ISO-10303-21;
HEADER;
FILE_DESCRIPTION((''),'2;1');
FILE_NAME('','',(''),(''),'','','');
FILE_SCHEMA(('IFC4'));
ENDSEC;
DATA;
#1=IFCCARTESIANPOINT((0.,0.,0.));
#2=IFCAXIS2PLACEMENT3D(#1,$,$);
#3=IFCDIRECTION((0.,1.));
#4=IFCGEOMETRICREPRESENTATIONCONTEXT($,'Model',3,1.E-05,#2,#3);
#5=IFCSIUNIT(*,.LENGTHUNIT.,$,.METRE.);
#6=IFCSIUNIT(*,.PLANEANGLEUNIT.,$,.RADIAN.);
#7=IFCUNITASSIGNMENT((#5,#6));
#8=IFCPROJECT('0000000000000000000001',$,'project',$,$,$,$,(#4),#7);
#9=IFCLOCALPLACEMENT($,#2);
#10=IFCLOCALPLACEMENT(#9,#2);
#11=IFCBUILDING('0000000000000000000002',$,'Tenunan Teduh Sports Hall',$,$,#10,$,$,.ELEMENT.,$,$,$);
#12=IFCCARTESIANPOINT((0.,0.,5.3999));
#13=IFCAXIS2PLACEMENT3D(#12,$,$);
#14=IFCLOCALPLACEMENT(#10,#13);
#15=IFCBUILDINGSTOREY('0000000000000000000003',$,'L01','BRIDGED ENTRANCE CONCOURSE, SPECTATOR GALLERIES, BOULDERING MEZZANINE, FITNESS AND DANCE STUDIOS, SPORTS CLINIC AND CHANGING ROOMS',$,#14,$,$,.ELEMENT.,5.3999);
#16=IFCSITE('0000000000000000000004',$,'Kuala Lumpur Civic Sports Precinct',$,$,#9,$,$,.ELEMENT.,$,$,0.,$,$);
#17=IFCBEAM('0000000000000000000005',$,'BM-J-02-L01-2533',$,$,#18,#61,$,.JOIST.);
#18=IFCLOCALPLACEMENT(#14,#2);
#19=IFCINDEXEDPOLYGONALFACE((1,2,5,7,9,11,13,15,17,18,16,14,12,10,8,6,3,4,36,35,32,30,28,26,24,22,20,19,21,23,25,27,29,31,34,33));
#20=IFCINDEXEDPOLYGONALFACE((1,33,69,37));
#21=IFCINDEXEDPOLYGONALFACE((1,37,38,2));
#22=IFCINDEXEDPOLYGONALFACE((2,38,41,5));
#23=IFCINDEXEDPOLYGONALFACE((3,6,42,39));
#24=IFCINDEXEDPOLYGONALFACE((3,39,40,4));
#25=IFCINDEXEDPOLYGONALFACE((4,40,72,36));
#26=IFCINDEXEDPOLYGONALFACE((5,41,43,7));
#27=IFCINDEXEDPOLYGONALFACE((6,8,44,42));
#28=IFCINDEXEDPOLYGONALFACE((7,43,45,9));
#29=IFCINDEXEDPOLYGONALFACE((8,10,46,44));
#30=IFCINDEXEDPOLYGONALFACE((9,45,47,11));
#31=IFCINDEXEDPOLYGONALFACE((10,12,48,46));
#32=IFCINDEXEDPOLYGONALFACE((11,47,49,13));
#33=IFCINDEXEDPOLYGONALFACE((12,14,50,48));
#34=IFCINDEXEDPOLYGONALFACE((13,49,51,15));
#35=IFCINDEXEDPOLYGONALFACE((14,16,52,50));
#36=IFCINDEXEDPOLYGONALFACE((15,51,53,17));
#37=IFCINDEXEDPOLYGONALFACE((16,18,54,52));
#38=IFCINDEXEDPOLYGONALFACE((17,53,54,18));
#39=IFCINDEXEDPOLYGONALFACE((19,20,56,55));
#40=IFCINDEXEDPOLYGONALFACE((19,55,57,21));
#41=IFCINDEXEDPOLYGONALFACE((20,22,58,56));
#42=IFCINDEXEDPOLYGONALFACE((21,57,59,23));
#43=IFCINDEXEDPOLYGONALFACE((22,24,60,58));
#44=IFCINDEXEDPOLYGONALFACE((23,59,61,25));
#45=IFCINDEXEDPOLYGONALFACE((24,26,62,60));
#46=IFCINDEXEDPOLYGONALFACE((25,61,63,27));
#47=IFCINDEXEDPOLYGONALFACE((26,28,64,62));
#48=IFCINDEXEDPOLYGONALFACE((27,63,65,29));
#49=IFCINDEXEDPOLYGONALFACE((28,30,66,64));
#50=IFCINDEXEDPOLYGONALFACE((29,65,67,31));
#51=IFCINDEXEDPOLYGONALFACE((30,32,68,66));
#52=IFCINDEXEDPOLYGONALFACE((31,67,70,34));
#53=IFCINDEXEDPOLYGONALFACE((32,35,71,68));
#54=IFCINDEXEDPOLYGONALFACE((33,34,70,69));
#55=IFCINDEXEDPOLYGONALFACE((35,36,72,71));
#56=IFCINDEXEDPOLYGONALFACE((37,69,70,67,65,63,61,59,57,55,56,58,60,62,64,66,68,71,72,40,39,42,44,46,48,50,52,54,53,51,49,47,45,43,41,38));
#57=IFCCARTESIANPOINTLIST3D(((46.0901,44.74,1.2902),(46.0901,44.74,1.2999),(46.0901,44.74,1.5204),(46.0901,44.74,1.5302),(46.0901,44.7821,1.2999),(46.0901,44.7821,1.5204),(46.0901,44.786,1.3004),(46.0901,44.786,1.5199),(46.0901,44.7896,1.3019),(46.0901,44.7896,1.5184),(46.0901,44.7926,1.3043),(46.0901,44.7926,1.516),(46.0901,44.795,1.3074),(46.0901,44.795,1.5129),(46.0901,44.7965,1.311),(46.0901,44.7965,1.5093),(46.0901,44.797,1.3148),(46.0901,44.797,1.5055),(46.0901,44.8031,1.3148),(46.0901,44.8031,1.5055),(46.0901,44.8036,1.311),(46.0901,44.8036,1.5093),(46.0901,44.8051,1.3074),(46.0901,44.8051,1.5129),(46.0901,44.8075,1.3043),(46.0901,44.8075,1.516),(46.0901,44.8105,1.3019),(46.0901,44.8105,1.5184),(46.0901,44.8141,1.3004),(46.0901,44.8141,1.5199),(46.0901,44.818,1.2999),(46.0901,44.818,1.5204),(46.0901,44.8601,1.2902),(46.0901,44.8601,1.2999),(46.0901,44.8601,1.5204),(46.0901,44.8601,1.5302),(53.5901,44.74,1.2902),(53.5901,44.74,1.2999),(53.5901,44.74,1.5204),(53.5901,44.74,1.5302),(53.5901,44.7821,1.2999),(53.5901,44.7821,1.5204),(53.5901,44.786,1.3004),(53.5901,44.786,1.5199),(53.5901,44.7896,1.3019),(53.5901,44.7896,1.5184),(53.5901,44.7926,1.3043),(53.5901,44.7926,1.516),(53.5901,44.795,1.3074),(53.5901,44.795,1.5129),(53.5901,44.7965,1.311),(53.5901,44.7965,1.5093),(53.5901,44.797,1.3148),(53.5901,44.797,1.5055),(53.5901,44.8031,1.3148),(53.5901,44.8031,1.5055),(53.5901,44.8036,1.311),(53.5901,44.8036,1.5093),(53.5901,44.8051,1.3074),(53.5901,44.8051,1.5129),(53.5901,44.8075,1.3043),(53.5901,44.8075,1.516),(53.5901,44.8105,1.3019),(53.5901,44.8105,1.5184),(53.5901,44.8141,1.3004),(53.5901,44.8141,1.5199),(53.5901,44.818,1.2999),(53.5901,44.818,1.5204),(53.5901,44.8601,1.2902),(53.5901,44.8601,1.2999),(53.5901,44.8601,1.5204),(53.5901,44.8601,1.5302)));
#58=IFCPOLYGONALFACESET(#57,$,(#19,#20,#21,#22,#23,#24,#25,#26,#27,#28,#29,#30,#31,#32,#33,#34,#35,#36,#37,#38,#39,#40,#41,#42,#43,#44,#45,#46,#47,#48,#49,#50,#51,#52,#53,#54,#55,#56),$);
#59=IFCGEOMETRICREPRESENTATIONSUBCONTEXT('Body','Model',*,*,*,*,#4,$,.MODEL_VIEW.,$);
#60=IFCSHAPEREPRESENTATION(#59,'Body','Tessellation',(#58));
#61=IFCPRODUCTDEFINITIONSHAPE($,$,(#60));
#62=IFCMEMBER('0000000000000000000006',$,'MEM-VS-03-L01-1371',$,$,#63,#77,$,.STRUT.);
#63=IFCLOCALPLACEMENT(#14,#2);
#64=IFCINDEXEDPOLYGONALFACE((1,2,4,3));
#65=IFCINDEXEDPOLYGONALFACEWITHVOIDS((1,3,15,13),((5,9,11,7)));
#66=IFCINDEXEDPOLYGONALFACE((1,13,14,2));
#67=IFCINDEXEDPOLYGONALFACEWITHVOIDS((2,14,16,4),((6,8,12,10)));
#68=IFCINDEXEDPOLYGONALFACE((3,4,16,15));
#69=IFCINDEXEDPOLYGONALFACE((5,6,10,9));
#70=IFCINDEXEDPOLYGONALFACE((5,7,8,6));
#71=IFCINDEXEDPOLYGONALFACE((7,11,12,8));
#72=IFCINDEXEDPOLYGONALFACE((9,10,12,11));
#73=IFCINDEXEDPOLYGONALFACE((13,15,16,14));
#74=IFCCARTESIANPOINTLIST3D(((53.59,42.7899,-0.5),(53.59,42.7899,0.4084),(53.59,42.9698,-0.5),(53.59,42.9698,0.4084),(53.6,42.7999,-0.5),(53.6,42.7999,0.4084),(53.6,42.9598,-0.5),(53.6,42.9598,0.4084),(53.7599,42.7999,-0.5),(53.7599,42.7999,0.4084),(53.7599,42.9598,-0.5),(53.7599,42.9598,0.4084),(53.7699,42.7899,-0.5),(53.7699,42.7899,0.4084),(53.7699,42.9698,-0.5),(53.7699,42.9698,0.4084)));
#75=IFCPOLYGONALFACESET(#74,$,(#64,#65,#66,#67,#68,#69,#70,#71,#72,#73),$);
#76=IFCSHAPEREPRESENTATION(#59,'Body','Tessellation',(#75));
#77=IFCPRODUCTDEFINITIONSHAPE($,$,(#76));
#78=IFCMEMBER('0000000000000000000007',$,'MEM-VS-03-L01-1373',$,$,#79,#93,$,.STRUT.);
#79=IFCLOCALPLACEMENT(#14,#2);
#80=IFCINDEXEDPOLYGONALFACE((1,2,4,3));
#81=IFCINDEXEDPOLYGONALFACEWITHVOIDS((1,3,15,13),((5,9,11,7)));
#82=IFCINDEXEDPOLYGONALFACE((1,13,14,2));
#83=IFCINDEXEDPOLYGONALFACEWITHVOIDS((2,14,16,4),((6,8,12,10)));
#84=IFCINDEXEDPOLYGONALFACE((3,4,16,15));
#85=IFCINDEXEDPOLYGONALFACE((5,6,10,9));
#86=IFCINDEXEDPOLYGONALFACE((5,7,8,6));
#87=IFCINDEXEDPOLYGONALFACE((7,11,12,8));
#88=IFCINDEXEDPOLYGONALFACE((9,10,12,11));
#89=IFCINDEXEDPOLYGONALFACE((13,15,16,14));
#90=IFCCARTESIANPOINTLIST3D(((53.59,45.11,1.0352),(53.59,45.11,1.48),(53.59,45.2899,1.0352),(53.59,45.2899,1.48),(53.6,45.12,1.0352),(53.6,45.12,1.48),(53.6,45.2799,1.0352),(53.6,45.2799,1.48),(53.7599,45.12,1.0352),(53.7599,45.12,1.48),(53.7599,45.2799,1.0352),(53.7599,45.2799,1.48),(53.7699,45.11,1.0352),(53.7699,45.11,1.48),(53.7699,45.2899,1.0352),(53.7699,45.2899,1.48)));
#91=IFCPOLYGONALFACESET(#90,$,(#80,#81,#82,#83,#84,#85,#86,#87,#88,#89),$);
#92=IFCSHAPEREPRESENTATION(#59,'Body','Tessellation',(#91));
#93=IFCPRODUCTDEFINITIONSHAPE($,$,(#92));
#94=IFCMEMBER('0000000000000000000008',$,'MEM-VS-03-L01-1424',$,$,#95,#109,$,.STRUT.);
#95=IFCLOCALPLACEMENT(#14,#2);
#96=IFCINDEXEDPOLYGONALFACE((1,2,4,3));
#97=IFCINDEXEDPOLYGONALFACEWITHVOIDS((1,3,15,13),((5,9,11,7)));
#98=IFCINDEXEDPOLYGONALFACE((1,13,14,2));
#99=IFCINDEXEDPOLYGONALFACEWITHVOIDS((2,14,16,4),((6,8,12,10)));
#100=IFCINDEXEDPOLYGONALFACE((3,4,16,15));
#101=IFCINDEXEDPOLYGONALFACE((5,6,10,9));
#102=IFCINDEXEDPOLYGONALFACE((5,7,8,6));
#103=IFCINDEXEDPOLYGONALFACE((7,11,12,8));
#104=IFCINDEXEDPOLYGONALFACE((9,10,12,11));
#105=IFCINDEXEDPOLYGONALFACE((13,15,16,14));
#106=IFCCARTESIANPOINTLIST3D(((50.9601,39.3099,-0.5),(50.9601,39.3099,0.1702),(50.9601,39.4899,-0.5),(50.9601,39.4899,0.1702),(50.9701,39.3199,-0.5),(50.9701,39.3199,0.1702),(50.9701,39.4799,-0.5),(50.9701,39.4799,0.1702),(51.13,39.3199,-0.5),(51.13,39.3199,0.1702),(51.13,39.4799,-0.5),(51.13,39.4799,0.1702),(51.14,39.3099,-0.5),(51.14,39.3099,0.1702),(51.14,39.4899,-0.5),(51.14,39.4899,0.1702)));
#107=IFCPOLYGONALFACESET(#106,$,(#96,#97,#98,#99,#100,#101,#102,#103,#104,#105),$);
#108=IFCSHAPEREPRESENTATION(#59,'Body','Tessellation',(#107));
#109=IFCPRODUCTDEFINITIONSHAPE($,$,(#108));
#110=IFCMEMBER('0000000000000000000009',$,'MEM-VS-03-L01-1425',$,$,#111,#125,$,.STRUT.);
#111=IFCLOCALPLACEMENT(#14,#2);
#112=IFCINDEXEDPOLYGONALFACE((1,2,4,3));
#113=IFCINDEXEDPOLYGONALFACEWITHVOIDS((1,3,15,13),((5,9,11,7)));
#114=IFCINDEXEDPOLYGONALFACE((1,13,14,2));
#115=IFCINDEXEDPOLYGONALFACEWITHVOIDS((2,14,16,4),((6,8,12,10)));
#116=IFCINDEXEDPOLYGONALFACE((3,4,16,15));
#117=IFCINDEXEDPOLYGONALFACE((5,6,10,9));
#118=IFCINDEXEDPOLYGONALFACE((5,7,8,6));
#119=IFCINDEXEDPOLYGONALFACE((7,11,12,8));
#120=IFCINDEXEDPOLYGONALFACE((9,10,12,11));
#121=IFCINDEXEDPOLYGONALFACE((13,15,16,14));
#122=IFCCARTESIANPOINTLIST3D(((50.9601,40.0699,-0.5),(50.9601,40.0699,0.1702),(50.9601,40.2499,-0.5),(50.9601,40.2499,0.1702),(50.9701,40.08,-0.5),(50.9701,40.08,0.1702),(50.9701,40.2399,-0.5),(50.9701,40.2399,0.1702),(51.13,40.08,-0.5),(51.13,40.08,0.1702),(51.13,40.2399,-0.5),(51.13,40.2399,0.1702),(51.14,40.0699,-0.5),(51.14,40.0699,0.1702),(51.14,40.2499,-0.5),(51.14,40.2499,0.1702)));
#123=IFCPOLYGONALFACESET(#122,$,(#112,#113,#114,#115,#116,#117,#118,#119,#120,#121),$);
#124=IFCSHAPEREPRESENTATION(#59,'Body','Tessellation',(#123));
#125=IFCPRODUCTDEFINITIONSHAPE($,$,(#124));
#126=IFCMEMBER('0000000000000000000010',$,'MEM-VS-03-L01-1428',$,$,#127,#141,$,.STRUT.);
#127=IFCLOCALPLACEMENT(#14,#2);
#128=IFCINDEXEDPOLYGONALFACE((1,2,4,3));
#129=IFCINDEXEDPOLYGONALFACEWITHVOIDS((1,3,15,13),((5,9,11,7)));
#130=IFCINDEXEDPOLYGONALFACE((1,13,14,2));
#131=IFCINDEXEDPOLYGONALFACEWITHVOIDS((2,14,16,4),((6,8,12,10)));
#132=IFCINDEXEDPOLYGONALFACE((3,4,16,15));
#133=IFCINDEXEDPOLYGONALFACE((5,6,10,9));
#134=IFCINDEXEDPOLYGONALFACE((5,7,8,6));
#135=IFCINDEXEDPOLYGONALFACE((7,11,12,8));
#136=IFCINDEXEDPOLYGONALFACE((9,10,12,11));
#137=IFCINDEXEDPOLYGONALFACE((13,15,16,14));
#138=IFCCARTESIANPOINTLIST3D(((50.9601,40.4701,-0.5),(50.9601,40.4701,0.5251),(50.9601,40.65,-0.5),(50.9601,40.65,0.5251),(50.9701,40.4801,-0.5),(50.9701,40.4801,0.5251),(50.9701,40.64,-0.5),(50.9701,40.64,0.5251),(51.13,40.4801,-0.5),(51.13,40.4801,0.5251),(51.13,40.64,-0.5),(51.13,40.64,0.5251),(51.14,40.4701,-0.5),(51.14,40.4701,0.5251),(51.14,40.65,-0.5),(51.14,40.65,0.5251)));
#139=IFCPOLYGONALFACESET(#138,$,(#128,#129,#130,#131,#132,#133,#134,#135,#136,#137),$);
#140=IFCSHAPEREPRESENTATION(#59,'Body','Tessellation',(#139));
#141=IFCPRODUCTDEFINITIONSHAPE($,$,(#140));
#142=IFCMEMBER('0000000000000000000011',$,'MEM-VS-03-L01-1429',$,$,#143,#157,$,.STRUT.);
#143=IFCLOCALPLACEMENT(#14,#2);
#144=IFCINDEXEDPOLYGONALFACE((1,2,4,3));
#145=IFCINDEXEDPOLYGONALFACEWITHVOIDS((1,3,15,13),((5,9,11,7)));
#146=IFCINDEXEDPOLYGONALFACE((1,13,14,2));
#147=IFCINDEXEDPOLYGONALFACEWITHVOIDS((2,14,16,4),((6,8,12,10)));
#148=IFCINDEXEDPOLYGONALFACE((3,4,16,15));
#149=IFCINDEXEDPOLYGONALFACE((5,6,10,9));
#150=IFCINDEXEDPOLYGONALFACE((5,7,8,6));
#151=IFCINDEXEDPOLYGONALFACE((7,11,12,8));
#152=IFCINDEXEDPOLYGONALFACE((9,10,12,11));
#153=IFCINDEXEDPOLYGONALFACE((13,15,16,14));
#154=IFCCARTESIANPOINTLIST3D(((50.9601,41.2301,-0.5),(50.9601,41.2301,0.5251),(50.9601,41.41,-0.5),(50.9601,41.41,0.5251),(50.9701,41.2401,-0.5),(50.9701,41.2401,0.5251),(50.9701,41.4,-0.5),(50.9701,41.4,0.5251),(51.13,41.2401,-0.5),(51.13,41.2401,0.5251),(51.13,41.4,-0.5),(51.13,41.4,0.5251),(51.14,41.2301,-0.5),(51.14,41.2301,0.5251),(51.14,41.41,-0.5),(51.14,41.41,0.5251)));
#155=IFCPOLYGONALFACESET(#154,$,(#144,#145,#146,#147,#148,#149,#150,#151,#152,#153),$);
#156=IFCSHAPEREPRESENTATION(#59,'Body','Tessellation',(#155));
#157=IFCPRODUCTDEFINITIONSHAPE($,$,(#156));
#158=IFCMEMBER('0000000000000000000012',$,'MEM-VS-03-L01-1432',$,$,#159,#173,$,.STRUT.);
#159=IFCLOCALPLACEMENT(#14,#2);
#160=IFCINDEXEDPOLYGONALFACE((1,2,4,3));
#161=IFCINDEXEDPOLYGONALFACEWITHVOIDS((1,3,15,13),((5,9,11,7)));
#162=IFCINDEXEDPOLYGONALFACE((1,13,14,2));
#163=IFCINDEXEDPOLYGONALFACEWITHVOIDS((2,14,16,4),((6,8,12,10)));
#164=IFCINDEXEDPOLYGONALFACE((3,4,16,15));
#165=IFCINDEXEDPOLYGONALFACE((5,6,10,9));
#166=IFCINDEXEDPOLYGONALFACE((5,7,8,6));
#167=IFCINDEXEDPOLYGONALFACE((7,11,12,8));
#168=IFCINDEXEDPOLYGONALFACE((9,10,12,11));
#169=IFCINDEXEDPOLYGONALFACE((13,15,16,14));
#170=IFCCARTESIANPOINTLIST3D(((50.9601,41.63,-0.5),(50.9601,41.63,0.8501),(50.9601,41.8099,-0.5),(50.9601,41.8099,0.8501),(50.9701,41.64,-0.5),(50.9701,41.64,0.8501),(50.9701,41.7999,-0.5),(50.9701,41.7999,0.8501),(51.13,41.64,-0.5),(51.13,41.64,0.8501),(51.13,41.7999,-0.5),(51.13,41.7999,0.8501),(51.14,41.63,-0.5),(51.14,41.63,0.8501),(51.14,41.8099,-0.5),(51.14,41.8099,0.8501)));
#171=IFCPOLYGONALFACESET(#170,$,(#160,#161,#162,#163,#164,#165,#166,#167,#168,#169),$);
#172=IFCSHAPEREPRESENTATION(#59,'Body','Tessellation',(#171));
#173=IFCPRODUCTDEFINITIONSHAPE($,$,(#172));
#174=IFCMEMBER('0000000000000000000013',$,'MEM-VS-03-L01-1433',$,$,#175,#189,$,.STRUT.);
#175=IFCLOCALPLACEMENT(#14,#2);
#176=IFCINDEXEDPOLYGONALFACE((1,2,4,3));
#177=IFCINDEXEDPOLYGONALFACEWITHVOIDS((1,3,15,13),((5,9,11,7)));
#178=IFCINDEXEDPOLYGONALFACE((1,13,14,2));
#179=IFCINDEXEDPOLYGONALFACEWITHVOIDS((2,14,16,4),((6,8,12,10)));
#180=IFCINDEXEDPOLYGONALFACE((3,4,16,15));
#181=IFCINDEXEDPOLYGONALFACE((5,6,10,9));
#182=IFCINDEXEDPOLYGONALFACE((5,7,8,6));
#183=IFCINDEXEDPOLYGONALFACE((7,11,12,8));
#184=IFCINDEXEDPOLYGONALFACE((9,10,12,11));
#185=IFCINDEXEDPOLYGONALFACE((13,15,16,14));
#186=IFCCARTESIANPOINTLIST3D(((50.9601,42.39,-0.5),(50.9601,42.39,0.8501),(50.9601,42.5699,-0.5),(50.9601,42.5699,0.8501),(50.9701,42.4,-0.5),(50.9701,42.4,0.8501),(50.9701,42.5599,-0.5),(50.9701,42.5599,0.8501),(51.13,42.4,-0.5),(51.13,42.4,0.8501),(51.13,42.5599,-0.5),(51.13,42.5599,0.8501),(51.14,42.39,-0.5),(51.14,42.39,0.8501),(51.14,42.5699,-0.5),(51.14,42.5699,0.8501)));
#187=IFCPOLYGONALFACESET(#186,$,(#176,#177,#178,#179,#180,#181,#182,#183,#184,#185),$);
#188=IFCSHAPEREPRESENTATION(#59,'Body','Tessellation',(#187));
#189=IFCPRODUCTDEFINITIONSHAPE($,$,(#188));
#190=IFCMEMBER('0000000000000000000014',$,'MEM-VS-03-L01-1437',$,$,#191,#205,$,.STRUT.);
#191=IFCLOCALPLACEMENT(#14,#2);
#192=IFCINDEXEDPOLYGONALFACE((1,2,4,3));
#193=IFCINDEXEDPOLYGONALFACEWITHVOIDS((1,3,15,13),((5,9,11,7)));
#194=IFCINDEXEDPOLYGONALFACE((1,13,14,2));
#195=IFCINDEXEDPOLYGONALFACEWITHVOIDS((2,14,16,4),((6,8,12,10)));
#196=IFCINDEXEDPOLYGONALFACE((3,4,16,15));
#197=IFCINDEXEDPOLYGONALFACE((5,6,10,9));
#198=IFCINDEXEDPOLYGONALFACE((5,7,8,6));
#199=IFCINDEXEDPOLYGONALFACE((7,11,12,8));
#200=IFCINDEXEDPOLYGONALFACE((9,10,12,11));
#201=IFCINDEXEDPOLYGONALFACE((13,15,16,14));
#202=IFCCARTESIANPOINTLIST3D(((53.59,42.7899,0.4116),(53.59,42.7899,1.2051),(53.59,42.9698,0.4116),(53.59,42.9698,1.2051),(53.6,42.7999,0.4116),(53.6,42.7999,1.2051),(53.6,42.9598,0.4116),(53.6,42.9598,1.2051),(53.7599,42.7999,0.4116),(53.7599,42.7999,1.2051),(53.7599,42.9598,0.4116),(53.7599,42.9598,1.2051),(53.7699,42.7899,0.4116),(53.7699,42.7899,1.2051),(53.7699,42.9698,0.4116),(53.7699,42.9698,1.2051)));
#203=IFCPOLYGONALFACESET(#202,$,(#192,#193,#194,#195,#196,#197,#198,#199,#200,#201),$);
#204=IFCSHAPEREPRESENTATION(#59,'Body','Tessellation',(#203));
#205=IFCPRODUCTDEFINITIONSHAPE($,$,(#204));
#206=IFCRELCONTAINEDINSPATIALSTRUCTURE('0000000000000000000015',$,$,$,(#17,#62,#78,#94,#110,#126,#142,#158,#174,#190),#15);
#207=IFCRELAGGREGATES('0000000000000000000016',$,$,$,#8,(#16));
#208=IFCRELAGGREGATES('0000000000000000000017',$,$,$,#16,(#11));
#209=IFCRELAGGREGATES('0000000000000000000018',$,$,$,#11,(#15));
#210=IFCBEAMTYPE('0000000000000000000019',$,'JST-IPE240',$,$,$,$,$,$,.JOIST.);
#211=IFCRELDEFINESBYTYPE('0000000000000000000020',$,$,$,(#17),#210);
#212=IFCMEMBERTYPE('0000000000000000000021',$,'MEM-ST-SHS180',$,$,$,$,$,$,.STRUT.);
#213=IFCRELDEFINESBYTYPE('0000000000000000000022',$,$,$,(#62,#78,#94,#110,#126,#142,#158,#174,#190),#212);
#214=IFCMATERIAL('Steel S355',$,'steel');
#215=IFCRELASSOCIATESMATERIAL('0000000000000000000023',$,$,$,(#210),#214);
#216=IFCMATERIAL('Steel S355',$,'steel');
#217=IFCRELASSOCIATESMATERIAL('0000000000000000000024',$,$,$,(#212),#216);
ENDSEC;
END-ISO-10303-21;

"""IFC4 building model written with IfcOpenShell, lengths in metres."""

from ifc_helpers import new_model, si_unit, direction, frame, origin, origin_2d, place, context, subcontext, project, spatial, hollow_rectangle, i_section, extrude, material, material_profile, profile_set, type_object, element, save


model = new_model("IFC4")

# Units and contexts
model_context = context("Model", 3, precision=1e-05, world=origin(), true_north=direction((0.0, 1.0)))
body_context = subcontext(model_context, "Body", "Model", "MODEL_VIEW")
ifc_project = project(units=[si_unit("LENGTHUNIT", "METRE"), si_unit("PLANEANGLEUNIT", "RADIAN")], contexts=[model_context])

# Site, building, storey
site_placement = place(None, origin())
site = spatial("IfcSite", under=ifc_project, at=site_placement, Name="Kuala Lumpur Civic Sports Precinct", CompositionType="ELEMENT", RefElevation=0.0)
building_placement = place(site_placement, origin())
building = spatial("IfcBuilding", under=site, at=building_placement, Name="Tenunan Teduh Sports Hall", CompositionType="ELEMENT")
storey_placement = place(building_placement, frame((0.0, 0.0, 5.3999)))
storey = spatial("IfcBuildingStorey", under=building, at=storey_placement, Name="L01", Description="BRIDGED ENTRANCE CONCOURSE, SPECTATOR GALLERIES, BOULDERING MEZZANINE, FITNESS AND DANCE STUDIOS, SPORTS CLINIC AND CHANGING ROOMS", CompositionType="ELEMENT", Elevation=5.3999)

# Beam
ifc_material_1 = material(Name="Steel S355", Category="steel")
ifc_material_profile_1 = material_profile(ifc_material_1, i_section(OverallWidth=0.1201, OverallDepth=0.24, WebThickness=0.0061, FlangeThickness=0.0098, FilletRadius=0.0149, at=origin_2d()), Name="IPE 240")
ifc_profile_set_1 = profile_set([ifc_material_profile_1], Name="Steel S355")
beam_type_1 = type_object("IfcBeamType", Name="JST-IPE240", PredefinedType="JOIST", material=ifc_profile_set_1)
for number, where, z_axis, x_axis, name in (
    (1, (46.0901, 44.8, 1.4102), (1.0, 0.0, 0.0), (0.0, 1.0, 0.0), "BM-J-02-L01-2533"),
):
    element("IfcBeam", number, at=place(storey_placement, frame(where, z_axis=z_axis, x_axis=x_axis)), inside=storey, type_object=beam_type_1, Name=name, PredefinedType="JOIST", context=body_context, shape_type="SweptSolid", body=[
        extrude(i_section(OverallWidth=0.1201, OverallDepth=0.24, WebThickness=0.0061, FlangeThickness=0.0098, FilletRadius=0.0149, at=origin_2d()), origin(), (0.0, 0.0, 1.0), 7.5),
    ])

# Members
ifc_material_2 = material(Name="Steel S355", Category="steel")
ifc_material_profile_2 = material_profile(ifc_material_2, hollow_rectangle(XDim=0.1799, YDim=0.1799, WallThickness=0.01, at=origin_2d()), Name="SHS 180x180x10.0")
ifc_profile_set_2 = profile_set([ifc_material_profile_2], Name="Steel S355")
member_type = type_object("IfcMemberType", Name="MEM-ST-SHS180", PredefinedType="STRUT", material=ifc_profile_set_2)
member_1_placement = place(storey_placement, frame((53.6799, 42.8799, -0.5), z_axis=(0.0, 0.0, 1.0), x_axis=(1.0, 0.0, 0.0)))
element("IfcMember", 2, at=member_1_placement, inside=storey, type_object=member_type, Name="MEM-VS-03-L01-1371", PredefinedType="STRUT", context=body_context, shape_type="SweptSolid", body=[
    extrude(hollow_rectangle(XDim=0.1799, YDim=0.1799, WallThickness=0.01, at=origin_2d()), origin(), (0.0, 0.0, 1.0), 0.9084),
])
member_2_placement = place(storey_placement, frame((53.6799, 45.2, 1.0352), z_axis=(0.0, 0.0, 1.0), x_axis=(1.0, 0.0, 0.0)))
element("IfcMember", 3, at=member_2_placement, inside=storey, type_object=member_type, Name="MEM-VS-03-L01-1373", PredefinedType="STRUT", context=body_context, shape_type="SweptSolid", body=[
    extrude(hollow_rectangle(XDim=0.1799, YDim=0.1799, WallThickness=0.01, at=origin_2d()), origin(), (0.0, 0.0, 1.0), 0.4448),
])
for number, where, z_axis, x_axis, name in (
    (4, (51.05, 39.3999, -0.5), (0.0, 0.0, 1.0), (1.0, 0.0, 0.0), "MEM-VS-03-L01-1424"),
    (5, (51.05, 40.1599, -0.5), (0.0, 0.0, 1.0), (1.0, 0.0, 0.0), "MEM-VS-03-L01-1425"),
):
    element("IfcMember", number, at=place(storey_placement, frame(where, z_axis=z_axis, x_axis=x_axis)), inside=storey, type_object=member_type, Name=name, PredefinedType="STRUT", context=body_context, shape_type="SweptSolid", body=[
        extrude(hollow_rectangle(XDim=0.1799, YDim=0.1799, WallThickness=0.01, at=origin_2d()), origin(), (0.0, 0.0, 1.0), 0.6702),
    ])
for number, where, z_axis, x_axis, name in (
    (6, (51.05, 40.5601, -0.5), (0.0, 0.0, 1.0), (1.0, 0.0, 0.0), "MEM-VS-03-L01-1428"),
    (7, (51.05, 41.3201, -0.5), (0.0, 0.0, 1.0), (1.0, 0.0, 0.0), "MEM-VS-03-L01-1429"),
):
    element("IfcMember", number, at=place(storey_placement, frame(where, z_axis=z_axis, x_axis=x_axis)), inside=storey, type_object=member_type, Name=name, PredefinedType="STRUT", context=body_context, shape_type="SweptSolid", body=[
        extrude(hollow_rectangle(XDim=0.1799, YDim=0.1799, WallThickness=0.01, at=origin_2d()), origin(), (0.0, 0.0, 1.0), 1.0251),
    ])
for number, where, z_axis, x_axis, name in (
    (8, (51.05, 41.72, -0.5), (0.0, 0.0, 1.0), (1.0, 0.0, 0.0), "MEM-VS-03-L01-1432"),
    (9, (51.05, 42.48, -0.5), (0.0, 0.0, 1.0), (1.0, 0.0, 0.0), "MEM-VS-03-L01-1433"),
):
    element("IfcMember", number, at=place(storey_placement, frame(where, z_axis=z_axis, x_axis=x_axis)), inside=storey, type_object=member_type, Name=name, PredefinedType="STRUT", context=body_context, shape_type="SweptSolid", body=[
        extrude(hollow_rectangle(XDim=0.1799, YDim=0.1799, WallThickness=0.01, at=origin_2d()), origin(), (0.0, 0.0, 1.0), 1.3501),
    ])
member_3_placement = place(storey_placement, frame((53.6799, 42.8799, 0.4116), z_axis=(0.0, 0.0, 1.0), x_axis=(1.0, 0.0, 0.0)))
element("IfcMember", 10, at=member_3_placement, inside=storey, type_object=member_type, Name="MEM-VS-03-L01-1437", PredefinedType="STRUT", context=body_context, shape_type="SweptSolid", body=[
    extrude(hollow_rectangle(XDim=0.1799, YDim=0.1799, WallThickness=0.01, at=origin_2d()), origin(), (0.0, 0.0, 1.0), 0.7935),
])

save(model, "model.ifc")
